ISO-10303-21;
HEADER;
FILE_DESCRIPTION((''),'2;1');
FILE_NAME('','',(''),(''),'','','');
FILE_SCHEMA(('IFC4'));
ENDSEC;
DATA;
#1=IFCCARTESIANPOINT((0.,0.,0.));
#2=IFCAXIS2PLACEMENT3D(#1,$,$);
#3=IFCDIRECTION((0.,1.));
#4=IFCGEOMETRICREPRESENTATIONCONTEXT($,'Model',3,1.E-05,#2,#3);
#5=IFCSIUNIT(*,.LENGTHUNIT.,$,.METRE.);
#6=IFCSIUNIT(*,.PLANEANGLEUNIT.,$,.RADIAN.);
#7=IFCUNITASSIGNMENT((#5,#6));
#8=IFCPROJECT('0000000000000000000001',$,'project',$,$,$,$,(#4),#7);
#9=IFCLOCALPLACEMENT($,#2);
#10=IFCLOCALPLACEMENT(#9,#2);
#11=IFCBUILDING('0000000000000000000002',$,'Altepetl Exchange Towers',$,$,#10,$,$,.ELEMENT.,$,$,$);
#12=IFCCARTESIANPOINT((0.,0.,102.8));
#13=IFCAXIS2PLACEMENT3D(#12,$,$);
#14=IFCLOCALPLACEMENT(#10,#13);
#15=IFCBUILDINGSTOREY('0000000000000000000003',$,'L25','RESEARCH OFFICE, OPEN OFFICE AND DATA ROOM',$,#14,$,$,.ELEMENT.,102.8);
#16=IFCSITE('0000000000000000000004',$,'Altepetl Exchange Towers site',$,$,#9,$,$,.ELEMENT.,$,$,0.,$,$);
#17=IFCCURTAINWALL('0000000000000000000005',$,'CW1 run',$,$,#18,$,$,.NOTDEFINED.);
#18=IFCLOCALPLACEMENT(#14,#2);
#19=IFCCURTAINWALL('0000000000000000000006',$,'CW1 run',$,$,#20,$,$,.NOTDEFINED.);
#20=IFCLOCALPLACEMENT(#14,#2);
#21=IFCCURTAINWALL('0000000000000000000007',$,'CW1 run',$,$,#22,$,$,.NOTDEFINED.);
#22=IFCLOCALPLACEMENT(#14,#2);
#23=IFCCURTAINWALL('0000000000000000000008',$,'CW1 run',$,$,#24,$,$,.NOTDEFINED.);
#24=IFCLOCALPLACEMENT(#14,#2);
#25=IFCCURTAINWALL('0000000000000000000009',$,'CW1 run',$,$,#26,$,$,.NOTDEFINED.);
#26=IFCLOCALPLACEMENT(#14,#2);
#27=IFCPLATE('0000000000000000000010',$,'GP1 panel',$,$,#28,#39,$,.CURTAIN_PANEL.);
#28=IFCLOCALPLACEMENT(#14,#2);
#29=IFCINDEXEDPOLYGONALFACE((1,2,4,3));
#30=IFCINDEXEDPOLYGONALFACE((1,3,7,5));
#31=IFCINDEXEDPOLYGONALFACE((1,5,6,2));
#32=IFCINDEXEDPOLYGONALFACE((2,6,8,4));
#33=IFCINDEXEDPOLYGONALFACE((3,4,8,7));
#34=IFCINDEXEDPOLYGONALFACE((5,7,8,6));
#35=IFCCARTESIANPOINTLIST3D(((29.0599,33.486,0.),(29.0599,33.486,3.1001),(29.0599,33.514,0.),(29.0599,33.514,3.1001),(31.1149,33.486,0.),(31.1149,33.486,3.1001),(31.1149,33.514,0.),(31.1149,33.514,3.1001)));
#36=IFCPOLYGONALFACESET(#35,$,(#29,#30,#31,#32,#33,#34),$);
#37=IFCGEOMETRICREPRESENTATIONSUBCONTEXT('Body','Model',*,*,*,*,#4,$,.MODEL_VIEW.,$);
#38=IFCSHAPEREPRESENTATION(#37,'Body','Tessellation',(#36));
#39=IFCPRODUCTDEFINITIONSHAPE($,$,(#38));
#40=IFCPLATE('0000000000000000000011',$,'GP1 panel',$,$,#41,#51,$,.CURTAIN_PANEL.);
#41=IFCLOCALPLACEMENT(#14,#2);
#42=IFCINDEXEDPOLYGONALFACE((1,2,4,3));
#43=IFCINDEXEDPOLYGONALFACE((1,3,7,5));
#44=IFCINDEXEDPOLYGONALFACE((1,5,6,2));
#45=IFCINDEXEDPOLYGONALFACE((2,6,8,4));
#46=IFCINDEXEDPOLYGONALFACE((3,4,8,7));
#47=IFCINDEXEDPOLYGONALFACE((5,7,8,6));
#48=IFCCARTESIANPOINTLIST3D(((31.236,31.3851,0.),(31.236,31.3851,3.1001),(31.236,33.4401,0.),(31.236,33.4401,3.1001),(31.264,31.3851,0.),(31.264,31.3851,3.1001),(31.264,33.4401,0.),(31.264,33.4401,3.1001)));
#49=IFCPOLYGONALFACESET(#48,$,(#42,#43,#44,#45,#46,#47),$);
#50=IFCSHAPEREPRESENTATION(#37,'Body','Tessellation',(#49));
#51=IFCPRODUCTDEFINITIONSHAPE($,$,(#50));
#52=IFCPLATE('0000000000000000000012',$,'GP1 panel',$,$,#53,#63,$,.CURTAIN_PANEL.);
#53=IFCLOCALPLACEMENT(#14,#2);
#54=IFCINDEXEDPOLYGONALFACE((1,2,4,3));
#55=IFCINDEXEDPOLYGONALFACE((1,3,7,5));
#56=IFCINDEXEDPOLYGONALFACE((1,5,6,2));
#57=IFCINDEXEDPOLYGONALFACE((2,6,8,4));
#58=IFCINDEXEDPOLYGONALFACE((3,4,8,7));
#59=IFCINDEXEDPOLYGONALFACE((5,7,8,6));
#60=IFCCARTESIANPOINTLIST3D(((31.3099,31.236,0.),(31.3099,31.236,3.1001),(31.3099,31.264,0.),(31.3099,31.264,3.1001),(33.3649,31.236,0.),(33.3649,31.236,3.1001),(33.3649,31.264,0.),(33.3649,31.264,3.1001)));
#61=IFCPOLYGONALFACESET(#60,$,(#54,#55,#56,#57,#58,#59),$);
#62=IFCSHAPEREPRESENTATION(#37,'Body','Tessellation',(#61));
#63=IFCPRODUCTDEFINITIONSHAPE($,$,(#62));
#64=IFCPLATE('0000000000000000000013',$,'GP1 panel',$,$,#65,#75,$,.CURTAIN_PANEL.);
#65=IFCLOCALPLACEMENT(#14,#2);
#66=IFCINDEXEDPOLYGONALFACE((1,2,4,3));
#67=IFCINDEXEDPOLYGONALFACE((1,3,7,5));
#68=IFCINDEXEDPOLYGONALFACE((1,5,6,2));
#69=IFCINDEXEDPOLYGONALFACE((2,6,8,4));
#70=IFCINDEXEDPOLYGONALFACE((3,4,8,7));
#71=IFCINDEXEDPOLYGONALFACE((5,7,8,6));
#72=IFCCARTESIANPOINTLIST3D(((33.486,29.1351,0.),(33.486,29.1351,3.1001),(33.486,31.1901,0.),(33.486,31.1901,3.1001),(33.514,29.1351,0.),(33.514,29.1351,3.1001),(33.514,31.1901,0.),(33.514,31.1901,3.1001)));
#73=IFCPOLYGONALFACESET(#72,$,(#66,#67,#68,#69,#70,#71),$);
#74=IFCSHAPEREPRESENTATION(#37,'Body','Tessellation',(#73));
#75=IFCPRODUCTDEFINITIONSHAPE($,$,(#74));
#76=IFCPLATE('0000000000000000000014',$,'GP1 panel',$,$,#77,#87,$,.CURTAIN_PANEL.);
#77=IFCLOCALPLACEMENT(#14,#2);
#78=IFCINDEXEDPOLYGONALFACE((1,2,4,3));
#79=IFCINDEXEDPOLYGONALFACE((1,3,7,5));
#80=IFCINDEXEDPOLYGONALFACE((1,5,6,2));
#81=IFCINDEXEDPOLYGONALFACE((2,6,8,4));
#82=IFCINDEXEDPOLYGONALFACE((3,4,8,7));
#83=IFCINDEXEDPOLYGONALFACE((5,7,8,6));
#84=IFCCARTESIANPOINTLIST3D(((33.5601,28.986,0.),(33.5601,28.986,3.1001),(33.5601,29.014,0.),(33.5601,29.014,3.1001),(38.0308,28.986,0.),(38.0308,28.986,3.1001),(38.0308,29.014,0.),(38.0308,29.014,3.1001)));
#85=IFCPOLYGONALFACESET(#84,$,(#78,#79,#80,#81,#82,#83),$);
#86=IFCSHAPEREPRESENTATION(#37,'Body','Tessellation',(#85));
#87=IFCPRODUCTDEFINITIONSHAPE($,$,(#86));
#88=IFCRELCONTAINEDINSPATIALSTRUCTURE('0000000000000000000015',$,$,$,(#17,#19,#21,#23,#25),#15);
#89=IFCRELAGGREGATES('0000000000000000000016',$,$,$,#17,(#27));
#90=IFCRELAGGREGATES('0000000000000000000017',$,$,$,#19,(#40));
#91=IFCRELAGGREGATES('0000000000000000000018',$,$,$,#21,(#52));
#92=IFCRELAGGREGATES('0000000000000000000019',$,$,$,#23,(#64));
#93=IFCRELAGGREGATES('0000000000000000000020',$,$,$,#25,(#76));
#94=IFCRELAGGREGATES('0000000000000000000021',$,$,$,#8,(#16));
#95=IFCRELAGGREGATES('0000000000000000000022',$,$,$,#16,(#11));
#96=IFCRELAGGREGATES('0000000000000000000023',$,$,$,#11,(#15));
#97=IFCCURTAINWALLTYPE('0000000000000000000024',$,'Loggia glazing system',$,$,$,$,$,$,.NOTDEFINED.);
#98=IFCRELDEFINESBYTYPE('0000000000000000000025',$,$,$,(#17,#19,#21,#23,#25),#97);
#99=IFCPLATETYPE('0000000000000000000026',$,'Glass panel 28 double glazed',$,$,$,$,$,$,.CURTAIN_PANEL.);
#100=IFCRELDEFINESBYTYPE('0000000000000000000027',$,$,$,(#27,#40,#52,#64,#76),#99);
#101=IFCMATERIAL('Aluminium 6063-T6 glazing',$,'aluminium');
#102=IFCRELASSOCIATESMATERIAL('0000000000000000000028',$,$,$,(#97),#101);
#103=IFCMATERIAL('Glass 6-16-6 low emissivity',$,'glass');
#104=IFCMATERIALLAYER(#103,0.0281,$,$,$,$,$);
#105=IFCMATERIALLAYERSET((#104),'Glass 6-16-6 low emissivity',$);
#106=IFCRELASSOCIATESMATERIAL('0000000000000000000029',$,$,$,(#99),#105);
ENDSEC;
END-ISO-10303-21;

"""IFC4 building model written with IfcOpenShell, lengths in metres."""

from ifc_helpers import new_model, si_unit, direction, frame, origin, origin_2d, place, context, subcontext, project, spatial, rectangle, extrude, material, layer, layer_set, type_object, element, aggregate, save


model = new_model("IFC4")

# Units and contexts
model_context = context("Model", 3, precision=1e-05, world=origin(), true_north=direction((0.0, 1.0)))
body_context = subcontext(model_context, "Body", "Model", "MODEL_VIEW")
ifc_project = project(units=[si_unit("LENGTHUNIT", "METRE"), si_unit("PLANEANGLEUNIT", "RADIAN")], contexts=[model_context])

# Site, building, storey
site_placement = place(None, origin())
site = spatial("IfcSite", under=ifc_project, at=site_placement, Name="Altepetl Exchange Towers site", CompositionType="ELEMENT", RefElevation=0.0)
building_placement = place(site_placement, origin())
building = spatial("IfcBuilding", under=site, at=building_placement, Name="Altepetl Exchange Towers", CompositionType="ELEMENT")
storey_placement = place(building_placement, frame((0.0, 0.0, 102.8)))
storey = spatial("IfcBuildingStorey", under=building, at=storey_placement, Name="L25", Description="RESEARCH OFFICE, OPEN OFFICE AND DATA ROOM", CompositionType="ELEMENT", Elevation=102.8)

# Curtain walls
ifc_material_1 = material(Name="Aluminium 6063-T6 glazing", Category="aluminium")
curtain_wall_type = type_object("IfcCurtainWallType", Name="Loggia glazing system", PredefinedType="NOTDEFINED", material=ifc_material_1)
curtain_wall_1_placement = place(storey_placement, origin())
curtain_wall_1 = element("IfcCurtainWall", 1, at=curtain_wall_1_placement, inside=storey, type_object=curtain_wall_type, Name="CW1 run", PredefinedType="NOTDEFINED")
curtain_wall_2_placement = place(storey_placement, origin())
curtain_wall_2 = element("IfcCurtainWall", 2, at=curtain_wall_2_placement, inside=storey, type_object=curtain_wall_type, Name="CW1 run", PredefinedType="NOTDEFINED")
curtain_wall_3_placement = place(storey_placement, origin())
curtain_wall_3 = element("IfcCurtainWall", 3, at=curtain_wall_3_placement, inside=storey, type_object=curtain_wall_type, Name="CW1 run", PredefinedType="NOTDEFINED")
curtain_wall_4_placement = place(storey_placement, origin())
curtain_wall_4 = element("IfcCurtainWall", 4, at=curtain_wall_4_placement, inside=storey, type_object=curtain_wall_type, Name="CW1 run", PredefinedType="NOTDEFINED")

# Curtain wall
curtain_wall_5_placement = place(storey_placement, origin())
curtain_wall_5 = element("IfcCurtainWall", 5, at=curtain_wall_5_placement, inside=storey, type_object=curtain_wall_type, Name="CW1 run", PredefinedType="NOTDEFINED")

# Plates
ifc_material_2 = material(Name="Glass 6-16-6 low emissivity", Category="glass")
ifc_layer = layer(ifc_material_2, 0.0281)
ifc_layer_set = layer_set([ifc_layer], Name="Glass 6-16-6 low emissivity")
plate_type = type_object("IfcPlateType", Name="Glass panel 28 double glazed", PredefinedType="CURTAIN_PANEL", material=ifc_layer_set)
plate_1_placement = place(storey_placement, frame((30.0874, 33.5, 0.0)))
plate_1 = element("IfcPlate", 6, at=plate_1_placement, type_object=plate_type, Name="GP1 panel", PredefinedType="CURTAIN_PANEL", context=body_context, shape_type="SweptSolid", body=[
    extrude(rectangle(XDim=2.0549, YDim=0.0281, at=origin_2d()), origin(), (0.0, 0.0, 1.0), 3.1001),
])
aggregate(curtain_wall_1, [plate_1])
plate_2_placement = place(storey_placement, frame((31.25, 32.4126, 0.0), z_axis=(0.0, 0.0, 1.0), x_axis=(0.0, -1.0, 0.0)))
plate_2 = element("IfcPlate", 7, at=plate_2_placement, type_object=plate_type, Name="GP1 panel", PredefinedType="CURTAIN_PANEL", context=body_context, shape_type="SweptSolid", body=[
    extrude(rectangle(XDim=2.0549, YDim=0.0281, at=origin_2d()), origin(), (0.0, 0.0, 1.0), 3.1001),
])
aggregate(curtain_wall_2, [plate_2])
plate_3_placement = place(storey_placement, frame((32.3374, 31.25, 0.0)))
plate_3 = element("IfcPlate", 8, at=plate_3_placement, type_object=plate_type, Name="GP1 panel", PredefinedType="CURTAIN_PANEL", context=body_context, shape_type="SweptSolid", body=[
    extrude(rectangle(XDim=2.0549, YDim=0.0281, at=origin_2d()), origin(), (0.0, 0.0, 1.0), 3.1001),
])
aggregate(curtain_wall_3, [plate_3])
plate_4_placement = place(storey_placement, frame((33.5, 30.1626, 0.0), z_axis=(0.0, 0.0, 1.0), x_axis=(0.0, -1.0, 0.0)))
plate_4 = element("IfcPlate", 9, at=plate_4_placement, type_object=plate_type, Name="GP1 panel", PredefinedType="CURTAIN_PANEL", context=body_context, shape_type="SweptSolid", body=[
    extrude(rectangle(XDim=2.0549, YDim=0.0281, at=origin_2d()), origin(), (0.0, 0.0, 1.0), 3.1001),
])
aggregate(curtain_wall_4, [plate_4])
plate_5_placement = place(storey_placement, frame((35.7954, 29.0, 0.0)))
plate_5 = element("IfcPlate", 10, at=plate_5_placement, type_object=plate_type, Name="GP1 panel", PredefinedType="CURTAIN_PANEL", context=body_context, shape_type="SweptSolid", body=[
    extrude(rectangle(XDim=4.4707, YDim=0.0281, at=origin_2d()), origin(), (0.0, 0.0, 1.0), 3.1001),
])
aggregate(curtain_wall_5, [plate_5])

save(model, "model.ifc")
